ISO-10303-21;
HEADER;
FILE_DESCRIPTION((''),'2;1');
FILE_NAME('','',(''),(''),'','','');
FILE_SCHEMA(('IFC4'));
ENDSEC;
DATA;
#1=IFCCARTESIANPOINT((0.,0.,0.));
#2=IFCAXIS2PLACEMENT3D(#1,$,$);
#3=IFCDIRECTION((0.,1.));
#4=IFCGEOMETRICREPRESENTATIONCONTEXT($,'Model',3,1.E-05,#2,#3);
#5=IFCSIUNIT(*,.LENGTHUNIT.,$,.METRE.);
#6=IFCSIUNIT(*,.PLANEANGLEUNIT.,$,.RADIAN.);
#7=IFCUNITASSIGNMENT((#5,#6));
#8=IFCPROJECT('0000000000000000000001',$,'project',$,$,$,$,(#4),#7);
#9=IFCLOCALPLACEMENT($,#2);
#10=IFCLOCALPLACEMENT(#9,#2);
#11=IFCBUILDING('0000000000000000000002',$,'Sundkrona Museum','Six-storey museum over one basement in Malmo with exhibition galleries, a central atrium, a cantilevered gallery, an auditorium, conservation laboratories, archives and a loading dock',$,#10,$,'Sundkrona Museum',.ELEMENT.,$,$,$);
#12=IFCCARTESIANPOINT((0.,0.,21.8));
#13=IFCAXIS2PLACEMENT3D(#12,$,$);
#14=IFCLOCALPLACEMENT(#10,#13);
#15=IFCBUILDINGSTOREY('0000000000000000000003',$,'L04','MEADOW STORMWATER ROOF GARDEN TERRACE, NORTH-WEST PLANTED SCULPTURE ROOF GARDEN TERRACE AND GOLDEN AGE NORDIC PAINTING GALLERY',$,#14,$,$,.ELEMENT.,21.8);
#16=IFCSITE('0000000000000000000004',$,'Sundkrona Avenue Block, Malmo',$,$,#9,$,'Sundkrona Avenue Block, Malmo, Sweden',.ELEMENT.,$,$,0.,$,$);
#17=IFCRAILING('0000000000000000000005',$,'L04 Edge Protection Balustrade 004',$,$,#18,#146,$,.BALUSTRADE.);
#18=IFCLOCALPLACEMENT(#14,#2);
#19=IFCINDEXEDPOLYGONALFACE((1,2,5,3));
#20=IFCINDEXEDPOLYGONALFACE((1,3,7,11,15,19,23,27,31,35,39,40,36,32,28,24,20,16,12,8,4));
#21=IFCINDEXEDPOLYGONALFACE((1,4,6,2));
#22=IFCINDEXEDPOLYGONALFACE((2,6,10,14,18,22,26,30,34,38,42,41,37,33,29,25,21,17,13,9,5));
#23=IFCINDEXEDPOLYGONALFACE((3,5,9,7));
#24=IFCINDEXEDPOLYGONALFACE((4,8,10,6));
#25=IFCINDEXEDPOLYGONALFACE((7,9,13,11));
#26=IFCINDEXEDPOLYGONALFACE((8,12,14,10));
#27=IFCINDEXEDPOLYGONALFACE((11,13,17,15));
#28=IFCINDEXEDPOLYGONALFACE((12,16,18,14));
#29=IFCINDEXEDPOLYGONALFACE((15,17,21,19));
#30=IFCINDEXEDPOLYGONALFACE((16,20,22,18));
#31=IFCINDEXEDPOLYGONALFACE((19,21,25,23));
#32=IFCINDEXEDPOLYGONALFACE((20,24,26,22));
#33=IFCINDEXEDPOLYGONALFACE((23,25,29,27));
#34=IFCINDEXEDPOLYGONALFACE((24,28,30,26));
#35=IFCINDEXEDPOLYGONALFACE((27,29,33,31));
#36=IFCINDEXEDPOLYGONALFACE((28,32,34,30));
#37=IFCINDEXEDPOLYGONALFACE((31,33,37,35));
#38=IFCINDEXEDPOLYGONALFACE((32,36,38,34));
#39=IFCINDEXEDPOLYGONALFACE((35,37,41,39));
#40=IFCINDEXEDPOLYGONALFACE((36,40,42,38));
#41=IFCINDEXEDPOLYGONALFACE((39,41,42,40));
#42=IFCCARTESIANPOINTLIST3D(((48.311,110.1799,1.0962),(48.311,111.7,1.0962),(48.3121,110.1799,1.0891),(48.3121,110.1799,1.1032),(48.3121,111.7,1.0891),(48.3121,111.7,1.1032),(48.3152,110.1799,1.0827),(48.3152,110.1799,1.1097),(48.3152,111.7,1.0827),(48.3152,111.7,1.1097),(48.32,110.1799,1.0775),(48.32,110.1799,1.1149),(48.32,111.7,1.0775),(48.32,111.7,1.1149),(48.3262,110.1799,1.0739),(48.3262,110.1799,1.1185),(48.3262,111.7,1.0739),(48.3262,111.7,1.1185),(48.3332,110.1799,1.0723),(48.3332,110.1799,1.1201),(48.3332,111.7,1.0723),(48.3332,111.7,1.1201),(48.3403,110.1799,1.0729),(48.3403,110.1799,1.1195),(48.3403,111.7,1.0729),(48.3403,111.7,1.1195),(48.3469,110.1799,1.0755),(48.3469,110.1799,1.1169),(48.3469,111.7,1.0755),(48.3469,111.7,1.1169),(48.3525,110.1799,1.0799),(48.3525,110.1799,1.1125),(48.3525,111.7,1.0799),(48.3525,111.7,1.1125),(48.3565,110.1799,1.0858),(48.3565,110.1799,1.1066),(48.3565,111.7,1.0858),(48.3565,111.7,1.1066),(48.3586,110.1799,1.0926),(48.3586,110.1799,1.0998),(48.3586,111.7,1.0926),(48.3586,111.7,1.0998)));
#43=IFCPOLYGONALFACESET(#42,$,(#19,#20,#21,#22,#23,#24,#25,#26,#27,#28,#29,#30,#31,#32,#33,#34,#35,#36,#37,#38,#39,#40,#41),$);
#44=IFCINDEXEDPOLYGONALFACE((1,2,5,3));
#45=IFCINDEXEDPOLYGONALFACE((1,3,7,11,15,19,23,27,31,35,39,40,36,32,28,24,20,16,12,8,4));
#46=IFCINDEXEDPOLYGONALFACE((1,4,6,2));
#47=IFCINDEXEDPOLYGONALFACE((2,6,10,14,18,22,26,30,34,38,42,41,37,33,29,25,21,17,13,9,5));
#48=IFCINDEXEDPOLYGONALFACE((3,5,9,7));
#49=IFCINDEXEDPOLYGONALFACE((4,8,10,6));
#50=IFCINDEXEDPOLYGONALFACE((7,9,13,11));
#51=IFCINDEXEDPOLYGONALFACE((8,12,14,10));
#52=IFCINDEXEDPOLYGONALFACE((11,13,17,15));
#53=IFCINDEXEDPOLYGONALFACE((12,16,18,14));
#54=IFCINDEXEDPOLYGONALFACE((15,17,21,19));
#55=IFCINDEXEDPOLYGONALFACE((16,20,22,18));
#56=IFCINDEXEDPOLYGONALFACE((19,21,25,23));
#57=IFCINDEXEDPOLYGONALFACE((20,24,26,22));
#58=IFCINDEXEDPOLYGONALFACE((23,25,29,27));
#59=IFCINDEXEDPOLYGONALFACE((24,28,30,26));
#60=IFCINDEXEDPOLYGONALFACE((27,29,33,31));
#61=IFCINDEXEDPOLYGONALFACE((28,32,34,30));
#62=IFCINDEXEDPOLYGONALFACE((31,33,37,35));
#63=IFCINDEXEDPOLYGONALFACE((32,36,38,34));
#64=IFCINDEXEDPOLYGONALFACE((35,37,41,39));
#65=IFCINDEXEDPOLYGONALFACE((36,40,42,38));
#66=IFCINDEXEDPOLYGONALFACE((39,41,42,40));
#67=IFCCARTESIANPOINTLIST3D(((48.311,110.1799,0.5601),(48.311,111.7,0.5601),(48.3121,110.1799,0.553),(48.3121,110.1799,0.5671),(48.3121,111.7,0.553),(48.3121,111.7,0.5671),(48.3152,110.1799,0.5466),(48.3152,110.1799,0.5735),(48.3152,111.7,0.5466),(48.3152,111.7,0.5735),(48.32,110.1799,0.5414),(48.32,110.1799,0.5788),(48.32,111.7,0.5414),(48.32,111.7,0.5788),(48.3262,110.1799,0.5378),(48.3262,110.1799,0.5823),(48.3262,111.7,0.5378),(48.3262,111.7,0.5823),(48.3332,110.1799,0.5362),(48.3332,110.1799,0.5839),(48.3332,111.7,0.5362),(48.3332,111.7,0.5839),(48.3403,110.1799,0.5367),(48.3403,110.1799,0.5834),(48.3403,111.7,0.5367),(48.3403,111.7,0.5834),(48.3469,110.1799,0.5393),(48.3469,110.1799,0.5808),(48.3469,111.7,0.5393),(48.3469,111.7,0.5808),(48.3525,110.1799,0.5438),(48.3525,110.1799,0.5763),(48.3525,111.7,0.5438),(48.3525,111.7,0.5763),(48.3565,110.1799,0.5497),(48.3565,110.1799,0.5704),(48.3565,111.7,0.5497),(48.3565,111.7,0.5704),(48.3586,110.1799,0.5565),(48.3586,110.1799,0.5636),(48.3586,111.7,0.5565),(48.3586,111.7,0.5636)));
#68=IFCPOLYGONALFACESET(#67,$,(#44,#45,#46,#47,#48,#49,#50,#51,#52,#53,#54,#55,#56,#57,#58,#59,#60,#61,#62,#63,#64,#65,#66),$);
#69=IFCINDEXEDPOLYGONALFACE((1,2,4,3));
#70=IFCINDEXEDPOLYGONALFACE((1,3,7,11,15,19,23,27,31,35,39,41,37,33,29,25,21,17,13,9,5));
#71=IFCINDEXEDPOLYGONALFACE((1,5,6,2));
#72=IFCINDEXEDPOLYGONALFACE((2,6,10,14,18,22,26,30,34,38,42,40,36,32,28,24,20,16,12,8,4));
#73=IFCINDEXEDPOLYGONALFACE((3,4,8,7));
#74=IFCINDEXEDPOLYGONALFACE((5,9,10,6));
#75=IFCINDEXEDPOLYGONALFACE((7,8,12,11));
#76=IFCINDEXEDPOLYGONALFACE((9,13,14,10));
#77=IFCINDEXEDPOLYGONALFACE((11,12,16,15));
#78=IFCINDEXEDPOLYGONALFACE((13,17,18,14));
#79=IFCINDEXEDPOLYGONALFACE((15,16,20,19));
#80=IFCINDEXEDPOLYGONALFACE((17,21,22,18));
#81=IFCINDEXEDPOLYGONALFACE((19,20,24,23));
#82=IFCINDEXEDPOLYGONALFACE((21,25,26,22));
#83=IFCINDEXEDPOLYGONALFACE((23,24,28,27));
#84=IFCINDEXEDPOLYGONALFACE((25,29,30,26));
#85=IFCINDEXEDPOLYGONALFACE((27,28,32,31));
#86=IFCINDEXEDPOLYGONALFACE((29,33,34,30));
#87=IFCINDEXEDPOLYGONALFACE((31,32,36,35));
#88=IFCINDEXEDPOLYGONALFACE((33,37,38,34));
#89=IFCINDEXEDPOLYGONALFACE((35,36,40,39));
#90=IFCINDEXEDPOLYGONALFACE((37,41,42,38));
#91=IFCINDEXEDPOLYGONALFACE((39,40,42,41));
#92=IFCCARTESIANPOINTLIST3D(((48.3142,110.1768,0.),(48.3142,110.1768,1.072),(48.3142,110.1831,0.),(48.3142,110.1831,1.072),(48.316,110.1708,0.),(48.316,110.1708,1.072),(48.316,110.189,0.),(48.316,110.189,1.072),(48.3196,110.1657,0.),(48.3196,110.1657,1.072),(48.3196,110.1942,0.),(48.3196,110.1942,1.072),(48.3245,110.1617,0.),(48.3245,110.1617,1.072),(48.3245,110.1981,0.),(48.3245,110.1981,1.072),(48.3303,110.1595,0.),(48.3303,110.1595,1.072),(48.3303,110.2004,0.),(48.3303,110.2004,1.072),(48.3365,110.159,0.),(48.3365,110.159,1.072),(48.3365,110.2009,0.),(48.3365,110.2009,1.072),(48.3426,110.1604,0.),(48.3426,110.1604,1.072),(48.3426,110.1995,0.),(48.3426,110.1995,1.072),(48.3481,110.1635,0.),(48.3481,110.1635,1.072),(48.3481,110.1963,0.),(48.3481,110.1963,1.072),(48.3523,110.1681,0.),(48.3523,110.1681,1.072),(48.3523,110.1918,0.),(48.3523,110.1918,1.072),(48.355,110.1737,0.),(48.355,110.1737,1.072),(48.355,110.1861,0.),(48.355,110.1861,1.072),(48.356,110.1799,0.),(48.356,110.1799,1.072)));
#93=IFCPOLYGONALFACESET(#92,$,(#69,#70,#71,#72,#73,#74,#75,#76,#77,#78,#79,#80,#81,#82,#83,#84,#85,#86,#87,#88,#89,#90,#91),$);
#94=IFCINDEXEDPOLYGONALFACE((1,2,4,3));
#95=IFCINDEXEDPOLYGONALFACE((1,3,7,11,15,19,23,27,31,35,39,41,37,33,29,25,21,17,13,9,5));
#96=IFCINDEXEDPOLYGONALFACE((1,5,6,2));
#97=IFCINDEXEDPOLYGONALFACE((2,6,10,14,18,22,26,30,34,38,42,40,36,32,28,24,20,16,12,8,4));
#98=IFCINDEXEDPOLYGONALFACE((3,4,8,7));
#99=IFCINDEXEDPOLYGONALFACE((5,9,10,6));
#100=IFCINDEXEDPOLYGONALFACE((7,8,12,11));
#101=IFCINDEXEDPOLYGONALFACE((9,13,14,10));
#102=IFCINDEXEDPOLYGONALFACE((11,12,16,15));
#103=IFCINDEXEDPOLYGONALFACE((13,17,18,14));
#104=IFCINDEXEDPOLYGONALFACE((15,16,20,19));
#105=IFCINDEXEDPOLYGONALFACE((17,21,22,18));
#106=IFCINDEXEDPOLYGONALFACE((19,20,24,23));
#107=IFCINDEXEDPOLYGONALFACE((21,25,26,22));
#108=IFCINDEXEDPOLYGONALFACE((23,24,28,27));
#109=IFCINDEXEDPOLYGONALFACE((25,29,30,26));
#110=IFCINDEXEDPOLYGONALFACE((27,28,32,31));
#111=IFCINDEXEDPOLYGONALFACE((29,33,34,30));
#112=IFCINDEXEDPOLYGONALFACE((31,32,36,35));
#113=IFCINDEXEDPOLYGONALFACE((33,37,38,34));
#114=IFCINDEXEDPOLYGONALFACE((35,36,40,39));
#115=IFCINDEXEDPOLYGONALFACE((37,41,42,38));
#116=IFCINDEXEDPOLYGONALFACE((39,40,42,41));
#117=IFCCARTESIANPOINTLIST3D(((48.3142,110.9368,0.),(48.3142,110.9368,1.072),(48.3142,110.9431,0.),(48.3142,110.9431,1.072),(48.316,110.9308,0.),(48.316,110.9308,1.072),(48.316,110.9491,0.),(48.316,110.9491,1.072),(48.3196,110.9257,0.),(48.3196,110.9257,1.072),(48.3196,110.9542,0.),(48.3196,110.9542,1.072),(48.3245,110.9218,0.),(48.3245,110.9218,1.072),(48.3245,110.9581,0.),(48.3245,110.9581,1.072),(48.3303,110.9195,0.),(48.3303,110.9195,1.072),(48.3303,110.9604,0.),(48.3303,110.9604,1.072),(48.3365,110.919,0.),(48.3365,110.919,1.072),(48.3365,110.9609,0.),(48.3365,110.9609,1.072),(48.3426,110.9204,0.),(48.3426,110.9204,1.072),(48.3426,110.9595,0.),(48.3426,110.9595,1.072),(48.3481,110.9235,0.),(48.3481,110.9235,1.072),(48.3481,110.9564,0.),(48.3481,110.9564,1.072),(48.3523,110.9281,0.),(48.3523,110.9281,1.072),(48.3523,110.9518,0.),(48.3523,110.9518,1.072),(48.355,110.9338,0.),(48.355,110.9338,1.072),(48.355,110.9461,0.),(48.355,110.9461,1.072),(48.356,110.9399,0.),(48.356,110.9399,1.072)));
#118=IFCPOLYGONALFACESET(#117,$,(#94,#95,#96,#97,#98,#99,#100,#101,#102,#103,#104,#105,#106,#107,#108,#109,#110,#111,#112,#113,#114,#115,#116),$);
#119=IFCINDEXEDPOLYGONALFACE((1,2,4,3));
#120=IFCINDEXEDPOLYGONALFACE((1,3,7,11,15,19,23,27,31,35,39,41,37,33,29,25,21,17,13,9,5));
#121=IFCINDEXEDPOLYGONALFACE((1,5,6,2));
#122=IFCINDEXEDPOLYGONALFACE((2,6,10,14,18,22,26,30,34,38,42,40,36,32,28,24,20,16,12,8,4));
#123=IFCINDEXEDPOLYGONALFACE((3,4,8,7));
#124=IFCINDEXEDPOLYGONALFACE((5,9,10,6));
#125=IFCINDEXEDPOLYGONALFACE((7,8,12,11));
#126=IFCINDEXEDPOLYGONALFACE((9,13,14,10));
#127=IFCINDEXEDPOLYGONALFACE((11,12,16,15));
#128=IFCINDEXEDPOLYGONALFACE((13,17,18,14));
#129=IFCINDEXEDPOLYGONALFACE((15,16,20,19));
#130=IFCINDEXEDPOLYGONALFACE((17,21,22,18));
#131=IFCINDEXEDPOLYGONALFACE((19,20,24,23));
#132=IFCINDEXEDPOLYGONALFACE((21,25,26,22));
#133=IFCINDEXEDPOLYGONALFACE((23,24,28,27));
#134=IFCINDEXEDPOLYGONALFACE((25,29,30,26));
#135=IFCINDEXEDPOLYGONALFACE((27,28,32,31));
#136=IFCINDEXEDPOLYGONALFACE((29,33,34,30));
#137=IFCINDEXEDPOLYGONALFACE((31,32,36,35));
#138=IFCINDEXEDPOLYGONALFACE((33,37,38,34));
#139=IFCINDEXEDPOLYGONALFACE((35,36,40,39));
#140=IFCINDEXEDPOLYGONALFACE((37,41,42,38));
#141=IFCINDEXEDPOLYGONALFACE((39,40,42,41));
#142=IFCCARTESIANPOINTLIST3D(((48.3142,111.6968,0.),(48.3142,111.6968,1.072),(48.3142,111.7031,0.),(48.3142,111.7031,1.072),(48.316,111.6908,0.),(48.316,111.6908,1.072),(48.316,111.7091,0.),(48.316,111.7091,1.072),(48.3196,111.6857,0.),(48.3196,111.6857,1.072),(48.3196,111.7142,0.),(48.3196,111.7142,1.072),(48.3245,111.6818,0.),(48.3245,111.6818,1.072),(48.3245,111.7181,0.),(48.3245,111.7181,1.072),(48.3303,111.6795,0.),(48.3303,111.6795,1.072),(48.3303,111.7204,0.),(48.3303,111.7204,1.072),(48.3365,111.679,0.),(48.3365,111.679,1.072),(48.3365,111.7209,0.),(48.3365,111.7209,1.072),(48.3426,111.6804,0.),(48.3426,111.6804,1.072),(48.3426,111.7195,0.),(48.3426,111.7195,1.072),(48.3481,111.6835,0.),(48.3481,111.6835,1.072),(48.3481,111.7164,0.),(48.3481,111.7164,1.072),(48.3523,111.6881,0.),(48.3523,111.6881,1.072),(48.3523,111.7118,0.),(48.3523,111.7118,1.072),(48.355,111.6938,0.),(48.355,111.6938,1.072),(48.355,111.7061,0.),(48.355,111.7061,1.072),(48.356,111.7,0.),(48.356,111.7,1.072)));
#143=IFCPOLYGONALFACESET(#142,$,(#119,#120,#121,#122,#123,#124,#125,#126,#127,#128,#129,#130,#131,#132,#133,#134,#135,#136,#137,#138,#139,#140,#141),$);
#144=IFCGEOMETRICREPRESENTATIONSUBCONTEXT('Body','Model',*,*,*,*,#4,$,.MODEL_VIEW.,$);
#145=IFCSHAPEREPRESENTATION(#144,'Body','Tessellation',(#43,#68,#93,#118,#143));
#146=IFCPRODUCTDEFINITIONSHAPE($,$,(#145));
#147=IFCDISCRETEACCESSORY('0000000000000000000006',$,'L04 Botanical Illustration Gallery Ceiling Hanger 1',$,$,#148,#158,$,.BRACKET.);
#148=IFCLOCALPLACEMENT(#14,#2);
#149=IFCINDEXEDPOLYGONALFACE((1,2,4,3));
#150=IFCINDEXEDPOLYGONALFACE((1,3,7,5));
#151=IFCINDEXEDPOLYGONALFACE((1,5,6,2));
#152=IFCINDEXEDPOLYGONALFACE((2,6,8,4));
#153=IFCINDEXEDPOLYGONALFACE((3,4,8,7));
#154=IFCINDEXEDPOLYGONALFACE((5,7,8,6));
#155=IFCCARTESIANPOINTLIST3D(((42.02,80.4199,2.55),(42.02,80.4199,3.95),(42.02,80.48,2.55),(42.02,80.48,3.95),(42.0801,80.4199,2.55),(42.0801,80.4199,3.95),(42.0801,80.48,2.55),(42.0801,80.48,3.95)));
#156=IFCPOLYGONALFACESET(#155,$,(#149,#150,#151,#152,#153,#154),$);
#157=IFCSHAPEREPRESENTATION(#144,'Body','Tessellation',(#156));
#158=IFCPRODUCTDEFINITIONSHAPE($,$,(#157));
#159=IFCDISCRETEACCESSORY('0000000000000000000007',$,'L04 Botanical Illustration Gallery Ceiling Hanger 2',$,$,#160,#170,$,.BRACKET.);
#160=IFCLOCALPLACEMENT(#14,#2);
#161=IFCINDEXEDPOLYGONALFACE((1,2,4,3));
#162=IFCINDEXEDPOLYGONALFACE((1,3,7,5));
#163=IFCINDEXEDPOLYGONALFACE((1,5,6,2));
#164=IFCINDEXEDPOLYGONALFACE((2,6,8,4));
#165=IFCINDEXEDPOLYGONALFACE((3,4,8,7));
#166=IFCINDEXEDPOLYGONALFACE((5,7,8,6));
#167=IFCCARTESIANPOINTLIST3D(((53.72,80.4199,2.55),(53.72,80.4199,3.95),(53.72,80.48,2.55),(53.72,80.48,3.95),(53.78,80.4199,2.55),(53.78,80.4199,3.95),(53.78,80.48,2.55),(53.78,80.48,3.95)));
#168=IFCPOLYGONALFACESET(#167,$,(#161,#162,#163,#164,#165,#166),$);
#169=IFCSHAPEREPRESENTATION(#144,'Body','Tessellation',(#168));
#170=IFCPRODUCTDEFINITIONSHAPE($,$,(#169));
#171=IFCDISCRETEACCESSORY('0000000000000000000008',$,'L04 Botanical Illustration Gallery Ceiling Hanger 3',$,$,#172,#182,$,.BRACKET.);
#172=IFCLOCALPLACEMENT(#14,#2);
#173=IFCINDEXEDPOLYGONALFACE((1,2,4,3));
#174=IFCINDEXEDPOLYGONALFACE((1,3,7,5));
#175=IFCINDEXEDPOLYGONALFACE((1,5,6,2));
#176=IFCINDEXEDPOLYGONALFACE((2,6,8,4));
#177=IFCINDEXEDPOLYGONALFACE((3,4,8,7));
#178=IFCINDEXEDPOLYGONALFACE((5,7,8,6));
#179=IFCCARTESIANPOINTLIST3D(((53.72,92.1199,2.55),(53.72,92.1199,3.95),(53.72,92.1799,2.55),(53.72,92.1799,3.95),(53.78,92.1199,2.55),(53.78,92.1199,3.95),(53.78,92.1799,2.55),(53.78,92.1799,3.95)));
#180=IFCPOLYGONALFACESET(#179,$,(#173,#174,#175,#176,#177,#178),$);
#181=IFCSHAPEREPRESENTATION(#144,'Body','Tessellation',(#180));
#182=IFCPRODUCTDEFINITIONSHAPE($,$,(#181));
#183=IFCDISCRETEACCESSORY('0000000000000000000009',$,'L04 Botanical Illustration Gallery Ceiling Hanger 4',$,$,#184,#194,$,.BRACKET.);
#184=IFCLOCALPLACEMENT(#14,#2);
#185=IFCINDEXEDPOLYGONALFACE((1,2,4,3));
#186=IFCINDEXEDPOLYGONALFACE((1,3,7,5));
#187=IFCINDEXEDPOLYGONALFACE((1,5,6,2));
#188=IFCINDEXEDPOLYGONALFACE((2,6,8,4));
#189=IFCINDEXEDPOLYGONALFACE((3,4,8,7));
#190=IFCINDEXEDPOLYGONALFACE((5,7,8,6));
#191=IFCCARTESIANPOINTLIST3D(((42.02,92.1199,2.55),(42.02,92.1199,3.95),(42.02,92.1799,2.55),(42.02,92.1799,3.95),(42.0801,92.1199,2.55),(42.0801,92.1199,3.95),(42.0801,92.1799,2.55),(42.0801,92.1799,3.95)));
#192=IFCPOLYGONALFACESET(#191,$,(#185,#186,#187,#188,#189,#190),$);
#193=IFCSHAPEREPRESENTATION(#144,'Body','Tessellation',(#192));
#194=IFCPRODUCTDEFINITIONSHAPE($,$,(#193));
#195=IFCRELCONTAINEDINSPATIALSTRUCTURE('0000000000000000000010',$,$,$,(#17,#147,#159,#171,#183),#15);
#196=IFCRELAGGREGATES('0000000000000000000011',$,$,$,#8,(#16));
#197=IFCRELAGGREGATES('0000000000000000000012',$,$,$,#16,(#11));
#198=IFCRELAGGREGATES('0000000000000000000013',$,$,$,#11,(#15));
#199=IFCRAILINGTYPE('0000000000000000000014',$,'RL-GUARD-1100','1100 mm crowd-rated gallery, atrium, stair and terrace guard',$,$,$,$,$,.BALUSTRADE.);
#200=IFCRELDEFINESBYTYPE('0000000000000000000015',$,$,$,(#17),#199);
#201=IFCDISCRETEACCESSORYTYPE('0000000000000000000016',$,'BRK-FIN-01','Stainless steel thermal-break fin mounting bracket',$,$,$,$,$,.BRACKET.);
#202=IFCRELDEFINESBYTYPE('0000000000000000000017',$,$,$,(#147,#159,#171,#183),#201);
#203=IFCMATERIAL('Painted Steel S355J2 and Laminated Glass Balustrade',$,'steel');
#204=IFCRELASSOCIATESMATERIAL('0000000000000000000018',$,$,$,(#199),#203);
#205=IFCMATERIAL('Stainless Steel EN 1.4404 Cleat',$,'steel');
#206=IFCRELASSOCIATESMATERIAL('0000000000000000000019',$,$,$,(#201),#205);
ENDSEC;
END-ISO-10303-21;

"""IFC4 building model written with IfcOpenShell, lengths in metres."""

from ifc_helpers import new_model, si_unit, direction, frame, origin, origin_2d, place, context, subcontext, project, spatial, rectangle, circle, extrude, material, type_object, element, save


model = new_model("IFC4")

# Units and contexts
model_context = context("Model", 3, precision=1e-05, world=origin(), true_north=direction((0.0, 1.0)))
body_context = subcontext(model_context, "Body", "Model", "MODEL_VIEW")
ifc_project = project(units=[si_unit("LENGTHUNIT", "METRE"), si_unit("PLANEANGLEUNIT", "RADIAN")], contexts=[model_context])

# Site, building, storey
site_placement = place(None, origin())
site = spatial("IfcSite", under=ifc_project, at=site_placement, Name="Sundkrona Avenue Block, Malmo", LongName="Sundkrona Avenue Block, Malmo, Sweden", CompositionType="ELEMENT", RefElevation=0.0)
building_placement = place(site_placement, origin())
building = spatial("IfcBuilding", under=site, at=building_placement, Name="Sundkrona Museum", Description="Six-storey museum over one basement in Malmo with exhibition galleries, a central atrium, a cantilevered gallery, an auditorium, conservation laboratories, archives and a loading dock", LongName="Sundkrona Museum", CompositionType="ELEMENT")
storey_placement = place(building_placement, frame((0.0, 0.0, 21.8)))
storey = spatial("IfcBuildingStorey", under=building, at=storey_placement, Name="L04", Description="MEADOW STORMWATER ROOF GARDEN TERRACE, NORTH-WEST PLANTED SCULPTURE ROOF GARDEN TERRACE AND GOLDEN AGE NORDIC PAINTING GALLERY", CompositionType="ELEMENT", Elevation=21.8)

# Railing
ifc_material_1 = material(Name="Painted Steel S355J2 and Laminated Glass Balustrade", Category="steel")
railing_type = type_object("IfcRailingType", Name="RL-GUARD-1100", Description="1100 mm crowd-rated gallery, atrium, stair and terrace guard", PredefinedType="BALUSTRADE", material=ifc_material_1)
railing_1_placement = place(storey_placement, frame((48.335, 110.1799, 0.0)))
element("IfcRailing", 1, at=railing_1_placement, inside=storey, type_object=railing_type, Name="L04 Edge Protection Balustrade 004", PredefinedType="BALUSTRADE", context=body_context, shape_type="SweptSolid", body=[
    extrude(circle(Radius=0.0239, at=origin_2d()), frame((0.0, 0.0, 1.0962), z_axis=(0.0, 1.0, 0.0), x_axis=(-1.0, 0.0, 0.0)), (0.0, 0.0, 1.0), 1.52),
    extrude(circle(Radius=0.0239, at=origin_2d()), frame((0.0, 0.0, 0.5601), z_axis=(0.0, 1.0, 0.0), x_axis=(-1.0, 0.0, 0.0)), (0.0, 0.0, 1.0), 1.52),
    extrude(circle(Radius=0.021, at=origin_2d()), origin(), (0.0, 0.0, 1.0), 1.072),
    extrude(circle(Radius=0.021, at=origin_2d()), frame((0.0, 0.76, 0.0)), (0.0, 0.0, 1.0), 1.072),
    extrude(circle(Radius=0.021, at=origin_2d()), frame((0.0, 1.52, 0.0)), (0.0, 0.0, 1.0), 1.072),
])

# Discrete accessories
ifc_material_2 = material(Name="Stainless Steel EN 1.4404 Cleat", Category="steel")
discrete_accessory_type = type_object("IfcDiscreteAccessoryType", Name="BRK-FIN-01", Description="Stainless steel thermal-break fin mounting bracket", PredefinedType="BRACKET", material=ifc_material_2)
for number, where, z_axis, x_axis, name in (
    (2, (42.05, 80.45, 2.55), (0.0, 0.0, 1.0), (1.0, 0.0, 0.0), "L04 Botanical Illustration Gallery Ceiling Hanger 1"),
    (3, (53.75, 80.45, 2.55), (0.0, 0.0, 1.0), (1.0, 0.0, 0.0), "L04 Botanical Illustration Gallery Ceiling Hanger 2"),
    (4, (53.75, 92.1499, 2.55), (0.0, 0.0, 1.0), (1.0, 0.0, 0.0), "L04 Botanical Illustration Gallery Ceiling Hanger 3"),
    (5, (42.05, 92.1499, 2.55), (0.0, 0.0, 1.0), (1.0, 0.0, 0.0), "L04 Botanical Illustration Gallery Ceiling Hanger 4"),
):
    element("IfcDiscreteAccessory", number, at=place(storey_placement, frame(where, z_axis=z_axis, x_axis=x_axis)), inside=storey, type_object=discrete_accessory_type, Name=name, PredefinedType="BRACKET", context=body_context, shape_type="SweptSolid", body=[
        extrude(rectangle(XDim=0.0601, YDim=0.0601, at=origin_2d()), origin(), (0.0, 0.0, 1.0), 1.3999),
    ])

save(model, "model.ifc")
